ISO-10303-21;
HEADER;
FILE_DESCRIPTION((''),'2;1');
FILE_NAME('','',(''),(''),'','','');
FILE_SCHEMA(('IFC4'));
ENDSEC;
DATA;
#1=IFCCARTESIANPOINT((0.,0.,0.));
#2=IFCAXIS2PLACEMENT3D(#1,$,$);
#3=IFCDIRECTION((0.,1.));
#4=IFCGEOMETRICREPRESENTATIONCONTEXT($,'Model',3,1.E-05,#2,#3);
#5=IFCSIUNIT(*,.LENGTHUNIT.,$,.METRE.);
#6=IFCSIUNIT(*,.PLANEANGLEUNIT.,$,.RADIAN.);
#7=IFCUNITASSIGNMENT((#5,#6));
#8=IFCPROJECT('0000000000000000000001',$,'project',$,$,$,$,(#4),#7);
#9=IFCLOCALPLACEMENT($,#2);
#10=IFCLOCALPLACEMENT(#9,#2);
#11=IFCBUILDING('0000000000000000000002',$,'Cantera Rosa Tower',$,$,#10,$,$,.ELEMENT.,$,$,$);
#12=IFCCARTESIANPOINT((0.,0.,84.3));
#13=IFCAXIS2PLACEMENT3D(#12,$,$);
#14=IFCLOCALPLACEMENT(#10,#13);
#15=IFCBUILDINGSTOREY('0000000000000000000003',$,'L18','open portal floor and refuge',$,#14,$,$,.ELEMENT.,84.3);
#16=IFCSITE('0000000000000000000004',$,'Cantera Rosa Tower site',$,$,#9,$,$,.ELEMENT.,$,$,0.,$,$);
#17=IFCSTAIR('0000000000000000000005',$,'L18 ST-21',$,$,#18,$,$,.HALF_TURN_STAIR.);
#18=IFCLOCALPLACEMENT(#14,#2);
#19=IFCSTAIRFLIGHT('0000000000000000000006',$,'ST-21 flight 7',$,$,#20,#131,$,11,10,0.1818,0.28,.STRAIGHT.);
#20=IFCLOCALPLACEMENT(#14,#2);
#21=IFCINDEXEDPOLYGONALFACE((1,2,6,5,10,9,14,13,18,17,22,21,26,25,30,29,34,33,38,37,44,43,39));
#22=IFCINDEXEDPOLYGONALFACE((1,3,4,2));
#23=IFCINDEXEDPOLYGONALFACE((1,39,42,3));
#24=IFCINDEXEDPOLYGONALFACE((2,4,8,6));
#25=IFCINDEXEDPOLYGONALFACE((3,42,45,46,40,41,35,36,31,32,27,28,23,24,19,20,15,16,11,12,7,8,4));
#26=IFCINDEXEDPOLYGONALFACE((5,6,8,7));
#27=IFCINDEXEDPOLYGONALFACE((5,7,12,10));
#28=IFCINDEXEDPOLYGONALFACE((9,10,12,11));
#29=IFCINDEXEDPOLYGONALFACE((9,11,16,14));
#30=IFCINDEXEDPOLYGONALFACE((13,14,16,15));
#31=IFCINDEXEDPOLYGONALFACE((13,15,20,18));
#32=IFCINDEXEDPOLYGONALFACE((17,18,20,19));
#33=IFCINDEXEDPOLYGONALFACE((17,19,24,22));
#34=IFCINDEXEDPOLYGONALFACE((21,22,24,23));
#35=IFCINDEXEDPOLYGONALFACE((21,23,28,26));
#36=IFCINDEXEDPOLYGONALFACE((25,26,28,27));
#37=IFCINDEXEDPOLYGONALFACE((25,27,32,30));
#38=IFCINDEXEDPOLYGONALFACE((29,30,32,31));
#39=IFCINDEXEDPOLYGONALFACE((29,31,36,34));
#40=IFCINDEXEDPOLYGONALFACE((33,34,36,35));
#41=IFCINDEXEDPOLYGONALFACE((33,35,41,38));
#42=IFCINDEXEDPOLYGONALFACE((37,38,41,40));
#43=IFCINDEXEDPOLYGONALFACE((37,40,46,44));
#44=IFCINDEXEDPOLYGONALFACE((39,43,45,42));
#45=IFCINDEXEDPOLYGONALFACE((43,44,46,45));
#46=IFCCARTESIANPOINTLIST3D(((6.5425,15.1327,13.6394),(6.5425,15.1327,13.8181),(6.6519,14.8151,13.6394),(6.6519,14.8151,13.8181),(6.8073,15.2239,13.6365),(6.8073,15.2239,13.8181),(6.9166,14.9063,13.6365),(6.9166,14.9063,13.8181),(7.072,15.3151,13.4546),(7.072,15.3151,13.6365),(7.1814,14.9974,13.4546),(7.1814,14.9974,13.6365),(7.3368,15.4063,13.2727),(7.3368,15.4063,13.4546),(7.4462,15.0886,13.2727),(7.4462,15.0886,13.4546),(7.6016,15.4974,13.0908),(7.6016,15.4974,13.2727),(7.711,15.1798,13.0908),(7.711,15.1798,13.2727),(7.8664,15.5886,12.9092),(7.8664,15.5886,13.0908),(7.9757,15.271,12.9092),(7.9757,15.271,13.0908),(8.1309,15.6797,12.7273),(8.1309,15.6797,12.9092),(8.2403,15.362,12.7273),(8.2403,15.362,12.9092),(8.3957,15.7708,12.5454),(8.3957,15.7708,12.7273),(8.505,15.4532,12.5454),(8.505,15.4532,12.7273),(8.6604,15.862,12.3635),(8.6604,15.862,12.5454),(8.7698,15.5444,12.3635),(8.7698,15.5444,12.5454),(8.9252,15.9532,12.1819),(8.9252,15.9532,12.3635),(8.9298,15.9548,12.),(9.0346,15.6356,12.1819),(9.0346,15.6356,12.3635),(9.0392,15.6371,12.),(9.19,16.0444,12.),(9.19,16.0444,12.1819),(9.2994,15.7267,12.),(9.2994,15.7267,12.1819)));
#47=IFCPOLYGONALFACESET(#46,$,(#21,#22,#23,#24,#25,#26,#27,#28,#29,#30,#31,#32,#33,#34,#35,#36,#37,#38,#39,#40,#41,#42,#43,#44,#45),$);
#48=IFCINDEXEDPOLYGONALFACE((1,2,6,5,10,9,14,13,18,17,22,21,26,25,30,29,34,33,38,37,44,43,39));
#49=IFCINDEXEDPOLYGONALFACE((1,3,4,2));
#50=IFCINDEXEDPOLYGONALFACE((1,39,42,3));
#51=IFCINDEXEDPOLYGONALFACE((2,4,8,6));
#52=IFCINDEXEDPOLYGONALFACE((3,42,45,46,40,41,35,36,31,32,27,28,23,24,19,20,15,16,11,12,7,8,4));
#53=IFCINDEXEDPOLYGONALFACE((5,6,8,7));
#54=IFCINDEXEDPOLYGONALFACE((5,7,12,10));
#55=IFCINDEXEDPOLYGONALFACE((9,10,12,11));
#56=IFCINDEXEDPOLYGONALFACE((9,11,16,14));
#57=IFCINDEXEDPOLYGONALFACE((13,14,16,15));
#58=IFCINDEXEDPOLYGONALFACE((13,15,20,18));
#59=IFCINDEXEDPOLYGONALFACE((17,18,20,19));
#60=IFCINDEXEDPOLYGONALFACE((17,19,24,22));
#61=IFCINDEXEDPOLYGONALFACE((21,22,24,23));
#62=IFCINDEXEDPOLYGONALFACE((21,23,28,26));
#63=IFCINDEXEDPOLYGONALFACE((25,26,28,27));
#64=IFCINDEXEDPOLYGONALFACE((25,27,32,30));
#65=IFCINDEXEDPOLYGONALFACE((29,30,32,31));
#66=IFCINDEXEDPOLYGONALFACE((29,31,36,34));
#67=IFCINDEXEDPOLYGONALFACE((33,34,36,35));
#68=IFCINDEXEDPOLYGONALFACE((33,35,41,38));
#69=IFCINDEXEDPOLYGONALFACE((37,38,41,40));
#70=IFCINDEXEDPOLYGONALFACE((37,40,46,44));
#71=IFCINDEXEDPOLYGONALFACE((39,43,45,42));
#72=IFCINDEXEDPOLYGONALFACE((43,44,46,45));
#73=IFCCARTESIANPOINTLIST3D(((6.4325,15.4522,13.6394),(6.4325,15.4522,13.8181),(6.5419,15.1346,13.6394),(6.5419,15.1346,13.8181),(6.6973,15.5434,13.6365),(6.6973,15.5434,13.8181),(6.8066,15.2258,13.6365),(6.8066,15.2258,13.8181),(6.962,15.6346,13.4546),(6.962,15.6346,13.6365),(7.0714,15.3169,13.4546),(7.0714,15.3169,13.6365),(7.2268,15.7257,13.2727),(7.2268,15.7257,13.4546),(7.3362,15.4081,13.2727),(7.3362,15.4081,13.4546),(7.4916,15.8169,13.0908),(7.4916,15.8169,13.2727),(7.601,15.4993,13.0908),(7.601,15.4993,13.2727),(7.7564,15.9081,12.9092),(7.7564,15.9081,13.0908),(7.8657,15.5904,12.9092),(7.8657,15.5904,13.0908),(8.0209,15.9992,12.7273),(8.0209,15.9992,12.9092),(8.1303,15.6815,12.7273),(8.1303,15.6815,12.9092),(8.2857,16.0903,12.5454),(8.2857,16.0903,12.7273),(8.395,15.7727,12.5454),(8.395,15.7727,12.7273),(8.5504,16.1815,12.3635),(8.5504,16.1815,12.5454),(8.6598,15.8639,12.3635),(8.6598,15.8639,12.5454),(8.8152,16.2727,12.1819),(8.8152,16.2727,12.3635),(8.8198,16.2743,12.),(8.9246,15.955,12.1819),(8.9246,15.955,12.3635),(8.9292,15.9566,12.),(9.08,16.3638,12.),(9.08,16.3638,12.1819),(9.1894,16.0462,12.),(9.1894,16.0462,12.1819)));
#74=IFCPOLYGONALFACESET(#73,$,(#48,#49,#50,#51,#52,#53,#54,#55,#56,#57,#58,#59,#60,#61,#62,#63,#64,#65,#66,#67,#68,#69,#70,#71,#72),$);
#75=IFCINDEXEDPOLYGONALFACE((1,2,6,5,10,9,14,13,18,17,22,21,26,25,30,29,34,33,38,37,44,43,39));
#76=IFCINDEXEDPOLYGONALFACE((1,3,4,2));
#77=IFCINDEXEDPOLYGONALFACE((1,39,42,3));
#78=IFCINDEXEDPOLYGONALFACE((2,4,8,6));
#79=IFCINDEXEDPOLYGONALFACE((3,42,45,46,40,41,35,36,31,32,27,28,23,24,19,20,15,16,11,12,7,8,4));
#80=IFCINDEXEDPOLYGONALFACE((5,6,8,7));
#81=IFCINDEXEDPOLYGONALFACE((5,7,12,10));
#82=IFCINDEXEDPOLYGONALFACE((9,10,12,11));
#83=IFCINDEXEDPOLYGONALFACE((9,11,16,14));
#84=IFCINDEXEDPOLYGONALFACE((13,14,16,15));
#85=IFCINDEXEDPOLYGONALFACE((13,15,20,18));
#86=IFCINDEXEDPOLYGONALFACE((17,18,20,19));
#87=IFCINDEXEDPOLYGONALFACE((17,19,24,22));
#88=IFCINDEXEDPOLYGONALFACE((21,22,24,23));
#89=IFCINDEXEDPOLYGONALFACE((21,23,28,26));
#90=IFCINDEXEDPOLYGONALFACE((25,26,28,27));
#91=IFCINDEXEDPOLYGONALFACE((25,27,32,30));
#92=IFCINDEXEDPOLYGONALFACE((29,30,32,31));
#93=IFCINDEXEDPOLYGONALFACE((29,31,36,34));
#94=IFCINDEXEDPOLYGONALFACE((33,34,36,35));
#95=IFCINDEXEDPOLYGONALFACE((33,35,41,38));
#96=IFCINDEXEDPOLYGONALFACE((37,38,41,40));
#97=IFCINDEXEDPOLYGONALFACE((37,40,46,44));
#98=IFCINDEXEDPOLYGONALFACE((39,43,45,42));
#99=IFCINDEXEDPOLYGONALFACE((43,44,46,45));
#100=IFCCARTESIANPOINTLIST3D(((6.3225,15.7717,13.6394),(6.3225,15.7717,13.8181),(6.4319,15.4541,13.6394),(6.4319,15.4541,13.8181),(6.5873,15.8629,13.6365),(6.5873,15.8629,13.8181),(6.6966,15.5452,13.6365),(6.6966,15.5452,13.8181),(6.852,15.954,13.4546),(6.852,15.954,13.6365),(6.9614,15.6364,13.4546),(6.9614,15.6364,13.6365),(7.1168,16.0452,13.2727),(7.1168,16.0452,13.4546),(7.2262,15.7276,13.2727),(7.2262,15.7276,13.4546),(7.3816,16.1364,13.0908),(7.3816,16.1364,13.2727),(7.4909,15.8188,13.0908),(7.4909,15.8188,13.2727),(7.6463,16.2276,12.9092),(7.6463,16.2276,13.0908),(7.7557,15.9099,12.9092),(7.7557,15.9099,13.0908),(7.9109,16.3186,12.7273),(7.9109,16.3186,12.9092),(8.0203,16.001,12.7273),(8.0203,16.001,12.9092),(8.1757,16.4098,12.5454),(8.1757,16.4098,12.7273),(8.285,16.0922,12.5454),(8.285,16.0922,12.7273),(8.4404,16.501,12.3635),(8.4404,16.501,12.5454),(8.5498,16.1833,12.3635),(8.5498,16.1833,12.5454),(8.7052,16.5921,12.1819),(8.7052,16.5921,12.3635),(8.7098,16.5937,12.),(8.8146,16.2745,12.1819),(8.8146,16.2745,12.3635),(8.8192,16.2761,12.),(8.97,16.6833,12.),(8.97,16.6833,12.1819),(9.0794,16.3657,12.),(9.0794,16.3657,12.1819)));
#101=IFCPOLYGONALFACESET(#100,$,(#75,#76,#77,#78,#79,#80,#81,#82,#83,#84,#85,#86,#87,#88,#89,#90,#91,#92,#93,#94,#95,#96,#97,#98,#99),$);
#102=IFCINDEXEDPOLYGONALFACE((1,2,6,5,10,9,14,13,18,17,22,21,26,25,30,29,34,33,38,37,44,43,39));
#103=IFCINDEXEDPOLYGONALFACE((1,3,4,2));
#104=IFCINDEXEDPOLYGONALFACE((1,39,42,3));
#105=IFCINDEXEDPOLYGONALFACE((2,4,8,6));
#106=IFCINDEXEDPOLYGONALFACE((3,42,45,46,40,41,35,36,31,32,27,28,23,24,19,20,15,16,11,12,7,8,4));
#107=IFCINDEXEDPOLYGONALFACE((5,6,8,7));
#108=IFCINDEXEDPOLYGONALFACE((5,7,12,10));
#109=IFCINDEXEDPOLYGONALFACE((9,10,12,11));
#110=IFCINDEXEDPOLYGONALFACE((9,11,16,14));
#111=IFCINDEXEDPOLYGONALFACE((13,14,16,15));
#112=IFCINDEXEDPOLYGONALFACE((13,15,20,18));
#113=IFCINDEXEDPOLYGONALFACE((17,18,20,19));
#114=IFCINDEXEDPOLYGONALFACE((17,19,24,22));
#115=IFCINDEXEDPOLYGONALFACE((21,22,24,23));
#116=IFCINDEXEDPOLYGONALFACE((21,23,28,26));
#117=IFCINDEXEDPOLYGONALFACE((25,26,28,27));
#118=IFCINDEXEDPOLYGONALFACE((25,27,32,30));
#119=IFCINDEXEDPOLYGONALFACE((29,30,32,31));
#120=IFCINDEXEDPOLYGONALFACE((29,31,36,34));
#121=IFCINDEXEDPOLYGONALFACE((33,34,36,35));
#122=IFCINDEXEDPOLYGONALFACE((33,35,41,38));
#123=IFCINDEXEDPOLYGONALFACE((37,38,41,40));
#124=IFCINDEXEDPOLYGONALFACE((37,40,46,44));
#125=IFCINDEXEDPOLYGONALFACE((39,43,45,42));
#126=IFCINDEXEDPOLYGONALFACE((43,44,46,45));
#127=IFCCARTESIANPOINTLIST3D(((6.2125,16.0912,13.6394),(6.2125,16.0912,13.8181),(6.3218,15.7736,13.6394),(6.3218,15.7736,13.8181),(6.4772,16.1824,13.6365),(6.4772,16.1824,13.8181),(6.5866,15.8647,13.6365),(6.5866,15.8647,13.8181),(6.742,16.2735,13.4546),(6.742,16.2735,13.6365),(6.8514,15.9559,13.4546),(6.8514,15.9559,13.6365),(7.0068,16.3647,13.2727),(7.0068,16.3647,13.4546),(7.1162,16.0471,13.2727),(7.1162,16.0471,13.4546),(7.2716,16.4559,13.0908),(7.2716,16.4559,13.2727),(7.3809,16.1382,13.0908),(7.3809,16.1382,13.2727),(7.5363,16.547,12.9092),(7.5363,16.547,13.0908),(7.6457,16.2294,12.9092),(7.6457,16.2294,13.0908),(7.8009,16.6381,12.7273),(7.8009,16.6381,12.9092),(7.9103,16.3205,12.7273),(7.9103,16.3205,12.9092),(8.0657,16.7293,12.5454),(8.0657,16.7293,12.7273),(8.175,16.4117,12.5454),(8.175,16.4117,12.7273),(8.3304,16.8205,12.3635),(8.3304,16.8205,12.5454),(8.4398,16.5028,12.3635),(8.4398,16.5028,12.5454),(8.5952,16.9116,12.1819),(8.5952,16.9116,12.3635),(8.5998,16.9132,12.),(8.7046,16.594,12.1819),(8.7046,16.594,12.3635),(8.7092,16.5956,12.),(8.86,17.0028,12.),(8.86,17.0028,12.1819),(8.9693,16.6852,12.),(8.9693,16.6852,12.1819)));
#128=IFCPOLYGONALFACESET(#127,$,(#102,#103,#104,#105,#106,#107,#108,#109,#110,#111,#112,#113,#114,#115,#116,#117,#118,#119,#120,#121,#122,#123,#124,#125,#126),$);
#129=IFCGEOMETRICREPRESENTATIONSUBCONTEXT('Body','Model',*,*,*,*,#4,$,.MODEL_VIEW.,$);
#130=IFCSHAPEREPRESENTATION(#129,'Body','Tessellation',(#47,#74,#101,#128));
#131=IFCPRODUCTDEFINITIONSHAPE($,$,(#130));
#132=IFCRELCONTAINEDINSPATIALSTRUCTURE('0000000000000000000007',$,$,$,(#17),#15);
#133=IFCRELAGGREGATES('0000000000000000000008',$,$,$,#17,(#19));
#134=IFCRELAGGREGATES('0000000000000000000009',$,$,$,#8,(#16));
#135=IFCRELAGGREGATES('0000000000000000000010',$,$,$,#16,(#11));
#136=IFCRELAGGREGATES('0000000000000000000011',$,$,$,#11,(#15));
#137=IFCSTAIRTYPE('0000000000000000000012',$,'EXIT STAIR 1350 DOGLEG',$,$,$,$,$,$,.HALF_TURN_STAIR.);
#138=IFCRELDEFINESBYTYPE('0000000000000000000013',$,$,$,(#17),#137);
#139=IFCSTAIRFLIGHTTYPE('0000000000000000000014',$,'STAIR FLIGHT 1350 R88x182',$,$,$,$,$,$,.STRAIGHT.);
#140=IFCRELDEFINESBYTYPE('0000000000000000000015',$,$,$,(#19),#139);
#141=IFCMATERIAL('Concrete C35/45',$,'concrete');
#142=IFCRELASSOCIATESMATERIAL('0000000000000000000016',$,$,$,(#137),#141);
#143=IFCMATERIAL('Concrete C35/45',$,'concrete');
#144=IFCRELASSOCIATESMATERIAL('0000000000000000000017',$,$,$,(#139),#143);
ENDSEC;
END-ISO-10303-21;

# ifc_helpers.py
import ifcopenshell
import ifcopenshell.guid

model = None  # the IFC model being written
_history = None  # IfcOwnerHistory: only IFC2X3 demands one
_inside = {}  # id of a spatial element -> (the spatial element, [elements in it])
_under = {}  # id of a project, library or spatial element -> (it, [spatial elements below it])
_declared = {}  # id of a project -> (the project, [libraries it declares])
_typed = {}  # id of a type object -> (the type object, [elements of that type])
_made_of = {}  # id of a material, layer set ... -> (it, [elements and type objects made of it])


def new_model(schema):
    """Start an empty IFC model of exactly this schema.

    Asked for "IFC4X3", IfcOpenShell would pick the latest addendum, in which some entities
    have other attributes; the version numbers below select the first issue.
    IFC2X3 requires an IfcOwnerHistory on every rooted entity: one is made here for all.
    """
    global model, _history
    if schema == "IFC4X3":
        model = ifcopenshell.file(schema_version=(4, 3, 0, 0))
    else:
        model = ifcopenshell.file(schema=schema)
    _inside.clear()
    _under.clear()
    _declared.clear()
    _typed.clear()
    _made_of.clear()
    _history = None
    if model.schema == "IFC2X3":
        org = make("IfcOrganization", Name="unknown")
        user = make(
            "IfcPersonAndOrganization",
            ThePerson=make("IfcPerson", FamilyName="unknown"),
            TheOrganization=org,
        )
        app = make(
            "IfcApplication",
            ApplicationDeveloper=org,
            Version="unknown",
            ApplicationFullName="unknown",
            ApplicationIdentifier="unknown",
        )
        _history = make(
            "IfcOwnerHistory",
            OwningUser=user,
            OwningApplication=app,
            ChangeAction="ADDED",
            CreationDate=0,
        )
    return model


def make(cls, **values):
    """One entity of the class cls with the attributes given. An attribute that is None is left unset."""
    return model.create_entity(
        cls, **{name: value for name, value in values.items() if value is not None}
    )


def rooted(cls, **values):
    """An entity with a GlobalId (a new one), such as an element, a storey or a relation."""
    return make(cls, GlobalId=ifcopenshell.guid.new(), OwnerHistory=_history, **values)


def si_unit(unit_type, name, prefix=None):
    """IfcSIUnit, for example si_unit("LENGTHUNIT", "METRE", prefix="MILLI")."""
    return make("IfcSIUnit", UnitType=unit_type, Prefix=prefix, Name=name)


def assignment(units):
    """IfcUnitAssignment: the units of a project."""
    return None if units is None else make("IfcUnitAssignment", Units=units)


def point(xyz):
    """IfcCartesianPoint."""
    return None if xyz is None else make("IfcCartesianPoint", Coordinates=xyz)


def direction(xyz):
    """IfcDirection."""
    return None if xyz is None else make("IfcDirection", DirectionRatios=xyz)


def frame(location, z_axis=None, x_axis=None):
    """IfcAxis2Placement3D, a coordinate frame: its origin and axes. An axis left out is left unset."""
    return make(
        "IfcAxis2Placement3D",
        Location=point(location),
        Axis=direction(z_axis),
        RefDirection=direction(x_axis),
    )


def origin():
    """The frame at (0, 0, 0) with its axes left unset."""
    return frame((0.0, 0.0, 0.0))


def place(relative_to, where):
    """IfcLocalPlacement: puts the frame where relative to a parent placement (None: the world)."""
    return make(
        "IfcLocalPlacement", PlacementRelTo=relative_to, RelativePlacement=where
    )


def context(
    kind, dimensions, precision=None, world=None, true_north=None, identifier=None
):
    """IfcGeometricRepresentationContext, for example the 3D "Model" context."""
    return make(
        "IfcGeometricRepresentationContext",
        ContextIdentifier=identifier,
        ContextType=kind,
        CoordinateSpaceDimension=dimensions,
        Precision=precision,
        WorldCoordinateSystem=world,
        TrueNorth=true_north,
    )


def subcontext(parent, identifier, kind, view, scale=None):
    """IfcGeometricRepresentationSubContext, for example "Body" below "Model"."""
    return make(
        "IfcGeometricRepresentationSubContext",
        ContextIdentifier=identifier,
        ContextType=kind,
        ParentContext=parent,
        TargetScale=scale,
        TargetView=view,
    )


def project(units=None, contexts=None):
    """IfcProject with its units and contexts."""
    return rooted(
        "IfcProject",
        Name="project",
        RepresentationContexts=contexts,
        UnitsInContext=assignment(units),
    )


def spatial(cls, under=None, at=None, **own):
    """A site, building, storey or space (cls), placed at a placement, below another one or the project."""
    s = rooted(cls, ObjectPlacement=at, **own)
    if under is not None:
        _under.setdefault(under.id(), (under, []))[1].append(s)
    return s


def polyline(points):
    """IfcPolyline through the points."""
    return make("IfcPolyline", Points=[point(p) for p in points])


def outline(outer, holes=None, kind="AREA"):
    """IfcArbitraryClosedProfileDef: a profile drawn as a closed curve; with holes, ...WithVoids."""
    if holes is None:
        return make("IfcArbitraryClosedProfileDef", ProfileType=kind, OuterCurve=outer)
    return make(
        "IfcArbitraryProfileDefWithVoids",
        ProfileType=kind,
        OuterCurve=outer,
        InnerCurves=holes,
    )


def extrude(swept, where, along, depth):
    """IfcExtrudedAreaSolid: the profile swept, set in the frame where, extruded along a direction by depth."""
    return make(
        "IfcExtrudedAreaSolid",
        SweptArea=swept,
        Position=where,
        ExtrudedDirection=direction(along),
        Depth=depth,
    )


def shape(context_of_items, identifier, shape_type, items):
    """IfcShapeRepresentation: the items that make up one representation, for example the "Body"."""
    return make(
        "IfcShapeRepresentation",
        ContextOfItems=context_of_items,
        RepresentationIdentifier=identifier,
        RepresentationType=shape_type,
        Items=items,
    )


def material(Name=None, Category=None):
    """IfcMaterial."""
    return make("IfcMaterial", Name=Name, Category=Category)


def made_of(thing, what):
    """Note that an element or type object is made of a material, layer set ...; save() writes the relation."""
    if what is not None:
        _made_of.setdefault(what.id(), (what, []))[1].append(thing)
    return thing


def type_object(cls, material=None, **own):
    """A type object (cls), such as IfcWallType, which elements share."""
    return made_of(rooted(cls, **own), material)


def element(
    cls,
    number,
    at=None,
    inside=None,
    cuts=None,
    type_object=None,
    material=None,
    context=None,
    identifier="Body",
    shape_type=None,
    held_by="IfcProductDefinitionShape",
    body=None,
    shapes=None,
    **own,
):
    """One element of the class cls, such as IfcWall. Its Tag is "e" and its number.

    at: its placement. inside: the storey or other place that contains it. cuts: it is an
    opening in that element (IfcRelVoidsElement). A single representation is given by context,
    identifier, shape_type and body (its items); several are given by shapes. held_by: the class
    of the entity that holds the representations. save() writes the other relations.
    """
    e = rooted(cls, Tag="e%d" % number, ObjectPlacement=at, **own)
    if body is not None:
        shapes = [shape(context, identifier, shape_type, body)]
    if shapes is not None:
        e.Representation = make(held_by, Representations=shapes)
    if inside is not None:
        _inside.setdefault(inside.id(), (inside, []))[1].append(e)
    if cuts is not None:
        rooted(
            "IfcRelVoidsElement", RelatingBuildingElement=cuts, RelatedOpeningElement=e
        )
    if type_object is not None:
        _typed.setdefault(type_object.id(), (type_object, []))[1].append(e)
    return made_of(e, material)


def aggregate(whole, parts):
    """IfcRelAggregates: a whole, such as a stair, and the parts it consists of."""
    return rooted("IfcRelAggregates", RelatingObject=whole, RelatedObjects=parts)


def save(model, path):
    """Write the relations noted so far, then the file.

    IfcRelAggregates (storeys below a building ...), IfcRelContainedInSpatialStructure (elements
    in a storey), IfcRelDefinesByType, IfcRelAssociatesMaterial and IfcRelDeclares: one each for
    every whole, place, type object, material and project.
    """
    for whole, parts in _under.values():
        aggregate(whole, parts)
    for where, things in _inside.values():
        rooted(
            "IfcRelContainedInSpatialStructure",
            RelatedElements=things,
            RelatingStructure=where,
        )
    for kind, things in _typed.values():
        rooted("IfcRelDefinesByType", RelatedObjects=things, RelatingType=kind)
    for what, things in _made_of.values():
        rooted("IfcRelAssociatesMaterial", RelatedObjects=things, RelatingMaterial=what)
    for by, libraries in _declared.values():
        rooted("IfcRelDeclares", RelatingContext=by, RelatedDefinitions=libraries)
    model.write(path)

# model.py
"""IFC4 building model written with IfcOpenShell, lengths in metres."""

from ifc_helpers import new_model, si_unit, direction, frame, origin, place, context, subcontext, project, spatial, polyline, outline, extrude, material, type_object, element, aggregate, save


model = new_model("IFC4")

# Units and contexts
model_context = context("Model", 3, precision=1e-05, world=origin(), true_north=direction((0.0, 1.0)))
body_context = subcontext(model_context, "Body", "Model", "MODEL_VIEW")
ifc_project = project(units=[si_unit("LENGTHUNIT", "METRE"), si_unit("PLANEANGLEUNIT", "RADIAN")], contexts=[model_context])

# Site, building, storey
site_placement = place(None, origin())
site = spatial("IfcSite", under=ifc_project, at=site_placement, Name="Cantera Rosa Tower site", CompositionType="ELEMENT", RefElevation=0.0)
building_placement = place(site_placement, origin())
building = spatial("IfcBuilding", under=site, at=building_placement, Name="Cantera Rosa Tower", CompositionType="ELEMENT")
storey_placement = place(building_placement, frame((0.0, 0.0, 84.3)))
storey = spatial("IfcBuildingStorey", under=building, at=storey_placement, Name="L18", Description="open portal floor and refuge", CompositionType="ELEMENT", Elevation=84.3)

# Stair, stair flight
ifc_material_1 = material(Name="Concrete C35/45", Category="concrete")
stair_type = type_object("IfcStairType", Name="EXIT STAIR 1350 DOGLEG", PredefinedType="HALF_TURN_STAIR", material=ifc_material_1)
stair_placement = place(storey_placement, origin())
stair = element("IfcStair", 1, at=stair_placement, inside=storey, type_object=stair_type, Name="L18 ST-21", PredefinedType="HALF_TURN_STAIR")
ifc_material_2 = material(Name="Concrete C35/45", Category="concrete")
stair_flight_type = type_object("IfcStairFlightType", Name="STAIR FLIGHT 1350 R88x182", PredefinedType="STRAIGHT", material=ifc_material_2)
stair_flight_1_placement = place(storey_placement, frame((9.0796, 16.365, 12.0), z_axis=(0.0, 0.0, 1.0), x_axis=(-0.945519, -0.325568, 0.0)))
stair_flight_1 = element("IfcStairFlight", 2, at=stair_flight_1_placement, type_object=stair_flight_type, Name="ST-21 flight 7", NumberOfRisers=11, NumberOfTreads=10, PredefinedType="STRAIGHT", RiserHeight=0.1818, TreadLength=0.28, context=body_context, shape_type="SweptSolid", body=[
    extrude(outline(polyline([(0.0, 0.0), (0.0, 0.1819), (0.28, 0.1819), (0.28, 0.3635), (0.5601, 0.3635), (0.5601, 0.5454), (0.8401, 0.5454), (0.8401, 0.7273), (1.1201, 0.7273), (1.1201, 0.9092), (1.3999, 0.9092), (1.3999, 1.0908), (1.6799, 1.0908), (1.6799, 1.2727), (1.96, 1.2727), (1.96, 1.4546), (2.24, 1.4546), (2.24, 1.6365), (2.52, 1.6365), (2.52, 1.8181), (2.8, 1.8181), (2.8, 2.0), (2.8, 1.6394), (0.2751, 0.0), (0.0, 0.0)])), frame((0.0, 0.675, 0.0), z_axis=(0.0, -1.0, 0.0), x_axis=(1.0, 0.0, 0.0)), (0.0, 0.0, 1.0), 0.3359),
    extrude(outline(polyline([(0.0, 0.0), (0.0, 0.1819), (0.28, 0.1819), (0.28, 0.3635), (0.5601, 0.3635), (0.5601, 0.5454), (0.8401, 0.5454), (0.8401, 0.7273), (1.1201, 0.7273), (1.1201, 0.9092), (1.3999, 0.9092), (1.3999, 1.0908), (1.6799, 1.0908), (1.6799, 1.2727), (1.96, 1.2727), (1.96, 1.4546), (2.24, 1.4546), (2.24, 1.6365), (2.52, 1.6365), (2.52, 1.8181), (2.8, 1.8181), (2.8, 2.0), (2.8, 1.6394), (0.2751, 0.0), (0.0, 0.0)])), frame((0.0, 0.3372, 0.0), z_axis=(0.0, -1.0, 0.0), x_axis=(1.0, 0.0, 0.0)), (0.0, 0.0, 1.0), 0.3359),
    extrude(outline(polyline([(0.0, 0.0), (0.0, 0.1819), (0.28, 0.1819), (0.28, 0.3635), (0.5601, 0.3635), (0.5601, 0.5454), (0.8401, 0.5454), (0.8401, 0.7273), (1.1201, 0.7273), (1.1201, 0.9092), (1.3999, 0.9092), (1.3999, 1.0908), (1.6799, 1.0908), (1.6799, 1.2727), (1.96, 1.2727), (1.96, 1.4546), (2.24, 1.4546), (2.24, 1.6365), (2.52, 1.6365), (2.52, 1.8181), (2.8, 1.8181), (2.8, 2.0), (2.8, 1.6394), (0.2751, 0.0), (0.0, 0.0)])), frame((0.0, -0.0007, 0.0), z_axis=(0.0, -1.0, 0.0), x_axis=(1.0, 0.0, 0.0)), (0.0, 0.0, 1.0), 0.3359),
    extrude(outline(polyline([(0.0, 0.0), (0.0, 0.1819), (0.28, 0.1819), (0.28, 0.3635), (0.5601, 0.3635), (0.5601, 0.5454), (0.8401, 0.5454), (0.8401, 0.7273), (1.1201, 0.7273), (1.1201, 0.9092), (1.3999, 0.9092), (1.3999, 1.0908), (1.6799, 1.0908), (1.6799, 1.2727), (1.96, 1.2727), (1.96, 1.4546), (2.24, 1.4546), (2.24, 1.6365), (2.52, 1.6365), (2.52, 1.8181), (2.8, 1.8181), (2.8, 2.0), (2.8, 1.6394), (0.2751, 0.0), (0.0, 0.0)])), frame((0.0, -0.3386, 0.0), z_axis=(0.0, -1.0, 0.0), x_axis=(1.0, 0.0, 0.0)), (0.0, 0.0, 1.0), 0.3359),
])
aggregate(stair, [stair_flight_1])

save(model, "model.ifc")
